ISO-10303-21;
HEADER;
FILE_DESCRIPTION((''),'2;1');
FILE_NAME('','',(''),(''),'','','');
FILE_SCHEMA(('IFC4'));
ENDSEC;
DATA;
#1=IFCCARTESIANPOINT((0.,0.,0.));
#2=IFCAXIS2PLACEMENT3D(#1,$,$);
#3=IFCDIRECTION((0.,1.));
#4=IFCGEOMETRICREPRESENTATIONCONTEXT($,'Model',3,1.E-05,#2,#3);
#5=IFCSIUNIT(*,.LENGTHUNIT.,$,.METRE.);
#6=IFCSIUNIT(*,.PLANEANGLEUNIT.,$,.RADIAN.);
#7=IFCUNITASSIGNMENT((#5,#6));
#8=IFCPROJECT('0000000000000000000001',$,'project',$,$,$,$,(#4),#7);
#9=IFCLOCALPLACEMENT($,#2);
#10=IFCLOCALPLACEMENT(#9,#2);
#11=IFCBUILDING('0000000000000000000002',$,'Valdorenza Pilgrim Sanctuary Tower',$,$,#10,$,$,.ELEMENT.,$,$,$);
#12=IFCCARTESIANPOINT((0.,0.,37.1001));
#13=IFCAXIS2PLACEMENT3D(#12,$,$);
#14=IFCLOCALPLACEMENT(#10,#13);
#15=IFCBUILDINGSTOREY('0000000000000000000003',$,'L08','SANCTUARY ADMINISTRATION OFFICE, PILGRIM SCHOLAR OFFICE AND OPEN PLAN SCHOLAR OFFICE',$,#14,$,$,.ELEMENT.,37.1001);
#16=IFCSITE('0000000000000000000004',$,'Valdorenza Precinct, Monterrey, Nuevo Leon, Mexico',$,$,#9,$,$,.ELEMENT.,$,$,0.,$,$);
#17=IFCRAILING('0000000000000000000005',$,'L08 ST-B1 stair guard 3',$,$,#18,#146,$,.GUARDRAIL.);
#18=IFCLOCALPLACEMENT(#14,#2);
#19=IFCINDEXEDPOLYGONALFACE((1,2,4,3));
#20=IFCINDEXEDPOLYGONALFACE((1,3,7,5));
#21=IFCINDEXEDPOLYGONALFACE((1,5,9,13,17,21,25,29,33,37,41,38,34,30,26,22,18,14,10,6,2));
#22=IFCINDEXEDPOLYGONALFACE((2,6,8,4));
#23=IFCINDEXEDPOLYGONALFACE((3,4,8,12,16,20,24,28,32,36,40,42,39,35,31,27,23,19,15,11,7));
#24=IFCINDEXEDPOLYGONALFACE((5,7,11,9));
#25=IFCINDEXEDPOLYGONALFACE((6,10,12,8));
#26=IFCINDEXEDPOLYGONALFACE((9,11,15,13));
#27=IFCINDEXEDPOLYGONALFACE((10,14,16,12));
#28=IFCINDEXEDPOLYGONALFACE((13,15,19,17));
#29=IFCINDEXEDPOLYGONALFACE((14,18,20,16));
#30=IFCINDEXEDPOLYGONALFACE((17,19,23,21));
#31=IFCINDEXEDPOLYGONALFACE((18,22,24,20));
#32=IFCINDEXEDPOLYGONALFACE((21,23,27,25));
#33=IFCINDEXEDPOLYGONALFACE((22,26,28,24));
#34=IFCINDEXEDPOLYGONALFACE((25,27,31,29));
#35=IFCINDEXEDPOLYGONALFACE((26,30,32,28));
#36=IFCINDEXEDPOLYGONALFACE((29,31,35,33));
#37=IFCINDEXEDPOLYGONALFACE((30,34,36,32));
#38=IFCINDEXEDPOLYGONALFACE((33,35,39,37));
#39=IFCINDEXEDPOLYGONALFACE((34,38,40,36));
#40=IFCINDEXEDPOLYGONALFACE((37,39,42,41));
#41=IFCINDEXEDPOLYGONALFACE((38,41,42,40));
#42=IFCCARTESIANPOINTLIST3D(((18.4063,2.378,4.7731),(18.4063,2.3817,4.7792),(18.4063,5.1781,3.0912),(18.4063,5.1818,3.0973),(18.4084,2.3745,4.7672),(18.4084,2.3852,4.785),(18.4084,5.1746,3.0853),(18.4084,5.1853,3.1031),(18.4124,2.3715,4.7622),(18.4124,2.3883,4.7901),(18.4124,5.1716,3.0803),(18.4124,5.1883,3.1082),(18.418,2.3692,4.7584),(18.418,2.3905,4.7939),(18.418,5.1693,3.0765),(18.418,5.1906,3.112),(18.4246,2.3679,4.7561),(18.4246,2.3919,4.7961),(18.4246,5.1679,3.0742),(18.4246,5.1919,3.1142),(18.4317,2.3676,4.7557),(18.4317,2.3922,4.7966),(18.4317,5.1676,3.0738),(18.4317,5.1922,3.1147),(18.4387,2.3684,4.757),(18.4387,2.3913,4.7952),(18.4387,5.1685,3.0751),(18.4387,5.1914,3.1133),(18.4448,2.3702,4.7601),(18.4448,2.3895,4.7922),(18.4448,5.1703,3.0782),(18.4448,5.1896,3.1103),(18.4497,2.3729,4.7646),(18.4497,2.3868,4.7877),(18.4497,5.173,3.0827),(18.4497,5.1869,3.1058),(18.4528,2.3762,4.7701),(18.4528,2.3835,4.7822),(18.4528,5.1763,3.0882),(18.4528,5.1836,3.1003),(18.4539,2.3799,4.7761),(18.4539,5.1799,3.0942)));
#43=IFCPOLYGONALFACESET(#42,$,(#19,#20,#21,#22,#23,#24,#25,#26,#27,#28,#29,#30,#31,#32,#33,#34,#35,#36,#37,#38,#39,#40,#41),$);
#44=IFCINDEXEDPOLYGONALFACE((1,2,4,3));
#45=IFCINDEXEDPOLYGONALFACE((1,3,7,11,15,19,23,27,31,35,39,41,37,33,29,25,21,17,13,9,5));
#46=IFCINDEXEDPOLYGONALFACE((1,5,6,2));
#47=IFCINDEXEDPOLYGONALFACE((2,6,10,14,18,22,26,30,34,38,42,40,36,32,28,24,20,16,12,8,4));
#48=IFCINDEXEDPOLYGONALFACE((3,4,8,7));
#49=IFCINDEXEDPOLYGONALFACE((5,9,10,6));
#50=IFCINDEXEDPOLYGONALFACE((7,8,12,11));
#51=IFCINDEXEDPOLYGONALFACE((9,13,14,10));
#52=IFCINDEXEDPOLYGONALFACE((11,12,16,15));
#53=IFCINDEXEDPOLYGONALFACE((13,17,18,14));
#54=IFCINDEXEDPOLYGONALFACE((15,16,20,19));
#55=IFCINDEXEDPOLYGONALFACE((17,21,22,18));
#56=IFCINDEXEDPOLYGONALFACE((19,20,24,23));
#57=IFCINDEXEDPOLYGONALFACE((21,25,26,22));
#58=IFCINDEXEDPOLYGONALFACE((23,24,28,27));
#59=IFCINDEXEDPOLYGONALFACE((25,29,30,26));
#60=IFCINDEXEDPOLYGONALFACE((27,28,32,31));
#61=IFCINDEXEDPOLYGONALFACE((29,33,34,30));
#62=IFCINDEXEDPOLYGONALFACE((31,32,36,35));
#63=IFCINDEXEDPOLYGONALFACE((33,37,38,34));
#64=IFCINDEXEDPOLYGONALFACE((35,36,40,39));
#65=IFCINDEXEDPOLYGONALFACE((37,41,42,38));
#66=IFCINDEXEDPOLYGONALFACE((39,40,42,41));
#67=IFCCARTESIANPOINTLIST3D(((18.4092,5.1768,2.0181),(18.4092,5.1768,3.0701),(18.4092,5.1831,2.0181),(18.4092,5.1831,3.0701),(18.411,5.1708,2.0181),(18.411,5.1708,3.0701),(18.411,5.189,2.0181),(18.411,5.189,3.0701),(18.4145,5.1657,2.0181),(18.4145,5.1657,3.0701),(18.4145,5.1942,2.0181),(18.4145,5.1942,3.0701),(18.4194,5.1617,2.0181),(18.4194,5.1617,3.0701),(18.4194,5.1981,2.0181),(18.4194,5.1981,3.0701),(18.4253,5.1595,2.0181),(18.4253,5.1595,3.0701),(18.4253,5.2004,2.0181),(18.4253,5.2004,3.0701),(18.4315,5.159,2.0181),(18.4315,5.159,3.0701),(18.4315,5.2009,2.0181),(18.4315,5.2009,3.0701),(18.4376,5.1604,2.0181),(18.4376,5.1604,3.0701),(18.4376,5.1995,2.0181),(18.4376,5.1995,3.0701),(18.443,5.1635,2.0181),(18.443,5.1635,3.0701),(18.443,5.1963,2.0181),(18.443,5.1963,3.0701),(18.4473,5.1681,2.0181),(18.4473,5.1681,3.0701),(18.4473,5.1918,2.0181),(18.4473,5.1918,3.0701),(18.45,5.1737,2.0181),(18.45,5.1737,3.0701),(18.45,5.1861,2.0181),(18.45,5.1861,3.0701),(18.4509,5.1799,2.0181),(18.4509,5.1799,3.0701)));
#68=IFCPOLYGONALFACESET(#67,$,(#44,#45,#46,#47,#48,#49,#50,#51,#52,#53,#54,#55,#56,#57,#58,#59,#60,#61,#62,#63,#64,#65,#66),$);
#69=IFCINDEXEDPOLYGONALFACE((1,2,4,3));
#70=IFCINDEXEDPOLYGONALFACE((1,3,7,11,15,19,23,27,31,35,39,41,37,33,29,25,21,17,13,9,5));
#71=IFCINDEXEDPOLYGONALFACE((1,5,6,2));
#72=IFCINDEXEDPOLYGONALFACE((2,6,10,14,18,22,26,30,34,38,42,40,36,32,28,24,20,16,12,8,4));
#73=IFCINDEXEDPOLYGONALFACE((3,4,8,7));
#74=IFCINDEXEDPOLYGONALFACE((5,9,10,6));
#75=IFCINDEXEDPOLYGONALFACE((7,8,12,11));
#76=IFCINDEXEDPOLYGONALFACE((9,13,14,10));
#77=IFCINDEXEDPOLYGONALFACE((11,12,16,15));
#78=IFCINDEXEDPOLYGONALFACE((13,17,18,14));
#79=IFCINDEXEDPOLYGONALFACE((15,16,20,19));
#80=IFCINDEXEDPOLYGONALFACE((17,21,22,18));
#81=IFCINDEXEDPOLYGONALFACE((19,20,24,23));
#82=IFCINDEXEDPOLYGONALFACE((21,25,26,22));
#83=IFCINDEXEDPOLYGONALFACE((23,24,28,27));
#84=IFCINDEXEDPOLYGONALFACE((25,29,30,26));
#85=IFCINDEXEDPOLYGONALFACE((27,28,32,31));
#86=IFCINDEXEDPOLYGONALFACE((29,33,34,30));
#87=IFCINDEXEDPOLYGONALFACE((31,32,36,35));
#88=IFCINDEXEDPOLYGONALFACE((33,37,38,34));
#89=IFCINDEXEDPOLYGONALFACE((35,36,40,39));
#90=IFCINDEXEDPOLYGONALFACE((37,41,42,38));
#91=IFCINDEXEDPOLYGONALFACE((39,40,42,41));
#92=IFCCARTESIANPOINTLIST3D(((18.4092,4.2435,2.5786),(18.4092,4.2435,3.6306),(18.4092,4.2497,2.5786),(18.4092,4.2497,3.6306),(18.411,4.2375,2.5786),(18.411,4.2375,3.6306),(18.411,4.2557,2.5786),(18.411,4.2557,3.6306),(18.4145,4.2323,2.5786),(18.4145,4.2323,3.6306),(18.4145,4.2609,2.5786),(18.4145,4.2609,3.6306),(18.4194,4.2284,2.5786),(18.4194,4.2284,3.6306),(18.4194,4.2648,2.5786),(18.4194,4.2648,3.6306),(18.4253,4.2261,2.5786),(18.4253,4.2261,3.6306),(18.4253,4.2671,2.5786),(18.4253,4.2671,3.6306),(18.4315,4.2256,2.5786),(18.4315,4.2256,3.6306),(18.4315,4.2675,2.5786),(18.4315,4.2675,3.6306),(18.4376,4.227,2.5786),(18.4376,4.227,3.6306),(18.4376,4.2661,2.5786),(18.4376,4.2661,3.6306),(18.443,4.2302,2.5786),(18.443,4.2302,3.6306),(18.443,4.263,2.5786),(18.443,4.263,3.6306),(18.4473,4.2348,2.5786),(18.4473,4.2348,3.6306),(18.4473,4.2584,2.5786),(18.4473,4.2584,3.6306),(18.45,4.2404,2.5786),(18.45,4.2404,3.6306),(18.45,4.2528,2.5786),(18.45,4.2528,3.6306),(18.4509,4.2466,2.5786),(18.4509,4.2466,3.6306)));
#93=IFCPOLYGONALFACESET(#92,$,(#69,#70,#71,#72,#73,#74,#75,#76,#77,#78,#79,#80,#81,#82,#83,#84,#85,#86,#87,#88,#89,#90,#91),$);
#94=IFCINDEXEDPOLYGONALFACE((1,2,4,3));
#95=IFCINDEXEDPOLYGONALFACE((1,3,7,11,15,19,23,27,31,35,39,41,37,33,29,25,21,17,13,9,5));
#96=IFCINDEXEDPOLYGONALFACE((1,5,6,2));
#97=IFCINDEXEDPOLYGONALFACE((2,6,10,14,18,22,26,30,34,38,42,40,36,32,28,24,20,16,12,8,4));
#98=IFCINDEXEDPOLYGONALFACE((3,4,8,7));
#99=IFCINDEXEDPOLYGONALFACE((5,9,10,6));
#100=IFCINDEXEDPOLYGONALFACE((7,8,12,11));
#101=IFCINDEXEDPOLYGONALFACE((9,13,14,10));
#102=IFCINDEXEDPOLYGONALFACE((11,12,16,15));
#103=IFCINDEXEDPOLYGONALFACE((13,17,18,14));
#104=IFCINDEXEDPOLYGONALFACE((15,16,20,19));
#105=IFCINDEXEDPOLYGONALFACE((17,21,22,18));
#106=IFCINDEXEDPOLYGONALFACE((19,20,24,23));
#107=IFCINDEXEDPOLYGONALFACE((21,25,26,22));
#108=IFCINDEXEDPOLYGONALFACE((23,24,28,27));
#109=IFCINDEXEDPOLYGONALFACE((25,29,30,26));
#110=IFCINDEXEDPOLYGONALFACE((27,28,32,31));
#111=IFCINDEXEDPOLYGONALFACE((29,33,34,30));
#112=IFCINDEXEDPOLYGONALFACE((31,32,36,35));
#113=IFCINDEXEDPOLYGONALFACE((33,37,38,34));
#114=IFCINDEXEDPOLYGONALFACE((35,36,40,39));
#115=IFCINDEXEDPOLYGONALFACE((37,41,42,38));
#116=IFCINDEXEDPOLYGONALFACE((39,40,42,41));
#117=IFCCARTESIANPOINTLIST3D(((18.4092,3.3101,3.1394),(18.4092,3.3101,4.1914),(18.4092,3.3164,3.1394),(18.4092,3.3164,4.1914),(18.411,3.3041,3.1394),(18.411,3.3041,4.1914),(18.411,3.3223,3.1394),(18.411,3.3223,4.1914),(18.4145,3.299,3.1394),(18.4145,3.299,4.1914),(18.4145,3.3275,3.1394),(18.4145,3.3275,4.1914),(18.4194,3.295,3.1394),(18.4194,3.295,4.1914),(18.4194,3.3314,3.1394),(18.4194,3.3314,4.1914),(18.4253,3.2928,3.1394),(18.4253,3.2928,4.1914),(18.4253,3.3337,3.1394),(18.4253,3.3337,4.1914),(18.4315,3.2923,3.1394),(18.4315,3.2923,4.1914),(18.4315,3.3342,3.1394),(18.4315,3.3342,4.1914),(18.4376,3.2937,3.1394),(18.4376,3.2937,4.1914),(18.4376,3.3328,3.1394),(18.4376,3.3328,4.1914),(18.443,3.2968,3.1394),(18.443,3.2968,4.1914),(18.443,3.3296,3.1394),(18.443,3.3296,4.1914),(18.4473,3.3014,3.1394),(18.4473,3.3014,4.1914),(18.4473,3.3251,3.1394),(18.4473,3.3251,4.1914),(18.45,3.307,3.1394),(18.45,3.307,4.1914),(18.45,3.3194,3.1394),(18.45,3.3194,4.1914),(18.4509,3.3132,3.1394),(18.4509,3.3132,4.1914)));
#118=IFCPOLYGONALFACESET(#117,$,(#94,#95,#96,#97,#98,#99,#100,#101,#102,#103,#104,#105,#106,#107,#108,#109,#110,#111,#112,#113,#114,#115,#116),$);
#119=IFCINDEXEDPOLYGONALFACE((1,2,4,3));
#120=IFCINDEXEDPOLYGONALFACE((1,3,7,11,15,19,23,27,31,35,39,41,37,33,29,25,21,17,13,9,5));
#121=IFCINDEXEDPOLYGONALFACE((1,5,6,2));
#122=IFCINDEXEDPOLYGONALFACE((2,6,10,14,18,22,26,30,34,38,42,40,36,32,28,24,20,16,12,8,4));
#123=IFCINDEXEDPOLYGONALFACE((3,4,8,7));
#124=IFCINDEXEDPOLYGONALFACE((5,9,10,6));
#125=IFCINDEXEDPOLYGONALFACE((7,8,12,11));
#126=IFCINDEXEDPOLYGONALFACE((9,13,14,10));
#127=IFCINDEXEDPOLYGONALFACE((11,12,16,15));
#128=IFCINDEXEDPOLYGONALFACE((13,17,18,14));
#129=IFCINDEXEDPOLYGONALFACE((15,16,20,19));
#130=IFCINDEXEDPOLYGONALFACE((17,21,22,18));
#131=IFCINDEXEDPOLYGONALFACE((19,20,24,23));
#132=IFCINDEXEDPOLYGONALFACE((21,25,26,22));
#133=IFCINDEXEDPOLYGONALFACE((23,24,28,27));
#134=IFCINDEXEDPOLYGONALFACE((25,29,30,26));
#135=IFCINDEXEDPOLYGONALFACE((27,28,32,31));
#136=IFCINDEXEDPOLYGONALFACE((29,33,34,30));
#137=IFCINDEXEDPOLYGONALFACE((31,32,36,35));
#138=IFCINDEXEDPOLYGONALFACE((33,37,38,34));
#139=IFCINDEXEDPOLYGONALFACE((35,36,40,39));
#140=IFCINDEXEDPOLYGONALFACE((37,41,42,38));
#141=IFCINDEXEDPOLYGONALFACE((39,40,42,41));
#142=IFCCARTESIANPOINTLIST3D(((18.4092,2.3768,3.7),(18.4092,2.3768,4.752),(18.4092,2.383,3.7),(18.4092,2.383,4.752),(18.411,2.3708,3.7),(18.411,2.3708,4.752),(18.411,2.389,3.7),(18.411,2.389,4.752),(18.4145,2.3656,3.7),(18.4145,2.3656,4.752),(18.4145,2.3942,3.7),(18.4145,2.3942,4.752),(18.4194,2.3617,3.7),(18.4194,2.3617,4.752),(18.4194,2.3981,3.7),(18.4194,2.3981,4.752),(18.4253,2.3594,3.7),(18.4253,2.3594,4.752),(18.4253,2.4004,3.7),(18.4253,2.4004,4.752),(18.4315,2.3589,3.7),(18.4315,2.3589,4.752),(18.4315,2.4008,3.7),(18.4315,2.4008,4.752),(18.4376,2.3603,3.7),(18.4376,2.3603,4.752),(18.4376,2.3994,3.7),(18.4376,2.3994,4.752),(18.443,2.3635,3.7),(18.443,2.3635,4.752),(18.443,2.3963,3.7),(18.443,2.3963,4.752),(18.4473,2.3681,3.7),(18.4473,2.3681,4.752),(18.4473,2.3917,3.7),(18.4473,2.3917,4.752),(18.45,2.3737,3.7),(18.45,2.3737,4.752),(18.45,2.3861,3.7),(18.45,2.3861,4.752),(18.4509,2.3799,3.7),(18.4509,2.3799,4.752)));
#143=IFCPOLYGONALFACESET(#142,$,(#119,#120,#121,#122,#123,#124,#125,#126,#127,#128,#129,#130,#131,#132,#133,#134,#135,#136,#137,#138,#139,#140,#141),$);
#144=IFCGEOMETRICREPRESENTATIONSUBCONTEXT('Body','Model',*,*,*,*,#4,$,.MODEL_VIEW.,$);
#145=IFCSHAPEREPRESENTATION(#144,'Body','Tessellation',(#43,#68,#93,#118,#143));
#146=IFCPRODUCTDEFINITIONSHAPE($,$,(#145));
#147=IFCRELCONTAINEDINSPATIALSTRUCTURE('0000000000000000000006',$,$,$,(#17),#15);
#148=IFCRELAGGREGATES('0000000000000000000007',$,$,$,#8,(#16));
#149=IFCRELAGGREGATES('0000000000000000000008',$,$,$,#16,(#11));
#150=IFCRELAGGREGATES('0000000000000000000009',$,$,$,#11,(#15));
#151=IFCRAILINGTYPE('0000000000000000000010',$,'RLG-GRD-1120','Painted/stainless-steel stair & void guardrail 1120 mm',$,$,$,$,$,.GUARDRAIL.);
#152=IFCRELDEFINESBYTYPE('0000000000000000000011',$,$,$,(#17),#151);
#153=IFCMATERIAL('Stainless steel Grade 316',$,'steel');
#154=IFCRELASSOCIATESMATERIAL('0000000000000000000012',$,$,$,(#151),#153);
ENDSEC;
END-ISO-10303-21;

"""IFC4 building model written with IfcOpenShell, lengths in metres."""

from ifc_helpers import new_model, si_unit, direction, frame, origin, origin_2d, place, context, subcontext, project, spatial, circle, extrude, material, type_object, element, save


model = new_model("IFC4")

# Units and contexts
model_context = context("Model", 3, precision=1e-05, world=origin(), true_north=direction((0.0, 1.0)))
body_context = subcontext(model_context, "Body", "Model", "MODEL_VIEW")
ifc_project = project(units=[si_unit("LENGTHUNIT", "METRE"), si_unit("PLANEANGLEUNIT", "RADIAN")], contexts=[model_context])

# Site, building, storey
site_placement = place(None, origin())
site = spatial("IfcSite", under=ifc_project, at=site_placement, Name="Valdorenza Precinct, Monterrey, Nuevo Leon, Mexico", CompositionType="ELEMENT", RefElevation=0.0)
building_placement = place(site_placement, origin())
building = spatial("IfcBuilding", under=site, at=building_placement, Name="Valdorenza Pilgrim Sanctuary Tower", CompositionType="ELEMENT")
storey_placement = place(building_placement, frame((0.0, 0.0, 37.1001)))
storey = spatial("IfcBuildingStorey", under=building, at=storey_placement, Name="L08", Description="SANCTUARY ADMINISTRATION OFFICE, PILGRIM SCHOLAR OFFICE AND OPEN PLAN SCHOLAR OFFICE", CompositionType="ELEMENT", Elevation=37.1001)

# Railing
ifc_material_1 = material(Name="Stainless steel Grade 316", Category="steel")
railing_type_1 = type_object("IfcRailingType", Name="RLG-GRD-1120", Description="Painted/stainless-steel stair & void guardrail 1120 mm", PredefinedType="GUARDRAIL", material=ifc_material_1)
railing_1_placement = place(storey_placement, frame((18.4299, 5.1799, 2.0181)))
element("IfcRailing", 1, at=railing_1_placement, inside=storey, type_object=railing_type_1, Name="L08 ST-B1 stair guard 3", PredefinedType="GUARDRAIL", context=body_context, shape_type="SweptSolid", body=[
    extrude(circle(Radius=0.0239, at=origin_2d()), frame((0.0, 0.0, 1.0762), z_axis=(0.0, -0.857242, 0.514913), x_axis=(1.0, 0.0, 0.0)), (0.0, 0.0, 1.0), 3.2664),
    extrude(circle(Radius=0.021, at=origin_2d()), origin(), (0.0, 0.0, 1.0), 1.052),
    extrude(circle(Radius=0.021, at=origin_2d()), frame((0.0, -0.9333, 0.5605)), (0.0, 0.0, 1.0), 1.052),
    extrude(circle(Radius=0.021, at=origin_2d()), frame((0.0, -1.8667, 1.1213)), (0.0, 0.0, 1.0), 1.052),
    extrude(circle(Radius=0.021, at=origin_2d()), frame((0.0, -2.8, 1.6819)), (0.0, 0.0, 1.0), 1.052),
])

save(model, "model.ifc")
